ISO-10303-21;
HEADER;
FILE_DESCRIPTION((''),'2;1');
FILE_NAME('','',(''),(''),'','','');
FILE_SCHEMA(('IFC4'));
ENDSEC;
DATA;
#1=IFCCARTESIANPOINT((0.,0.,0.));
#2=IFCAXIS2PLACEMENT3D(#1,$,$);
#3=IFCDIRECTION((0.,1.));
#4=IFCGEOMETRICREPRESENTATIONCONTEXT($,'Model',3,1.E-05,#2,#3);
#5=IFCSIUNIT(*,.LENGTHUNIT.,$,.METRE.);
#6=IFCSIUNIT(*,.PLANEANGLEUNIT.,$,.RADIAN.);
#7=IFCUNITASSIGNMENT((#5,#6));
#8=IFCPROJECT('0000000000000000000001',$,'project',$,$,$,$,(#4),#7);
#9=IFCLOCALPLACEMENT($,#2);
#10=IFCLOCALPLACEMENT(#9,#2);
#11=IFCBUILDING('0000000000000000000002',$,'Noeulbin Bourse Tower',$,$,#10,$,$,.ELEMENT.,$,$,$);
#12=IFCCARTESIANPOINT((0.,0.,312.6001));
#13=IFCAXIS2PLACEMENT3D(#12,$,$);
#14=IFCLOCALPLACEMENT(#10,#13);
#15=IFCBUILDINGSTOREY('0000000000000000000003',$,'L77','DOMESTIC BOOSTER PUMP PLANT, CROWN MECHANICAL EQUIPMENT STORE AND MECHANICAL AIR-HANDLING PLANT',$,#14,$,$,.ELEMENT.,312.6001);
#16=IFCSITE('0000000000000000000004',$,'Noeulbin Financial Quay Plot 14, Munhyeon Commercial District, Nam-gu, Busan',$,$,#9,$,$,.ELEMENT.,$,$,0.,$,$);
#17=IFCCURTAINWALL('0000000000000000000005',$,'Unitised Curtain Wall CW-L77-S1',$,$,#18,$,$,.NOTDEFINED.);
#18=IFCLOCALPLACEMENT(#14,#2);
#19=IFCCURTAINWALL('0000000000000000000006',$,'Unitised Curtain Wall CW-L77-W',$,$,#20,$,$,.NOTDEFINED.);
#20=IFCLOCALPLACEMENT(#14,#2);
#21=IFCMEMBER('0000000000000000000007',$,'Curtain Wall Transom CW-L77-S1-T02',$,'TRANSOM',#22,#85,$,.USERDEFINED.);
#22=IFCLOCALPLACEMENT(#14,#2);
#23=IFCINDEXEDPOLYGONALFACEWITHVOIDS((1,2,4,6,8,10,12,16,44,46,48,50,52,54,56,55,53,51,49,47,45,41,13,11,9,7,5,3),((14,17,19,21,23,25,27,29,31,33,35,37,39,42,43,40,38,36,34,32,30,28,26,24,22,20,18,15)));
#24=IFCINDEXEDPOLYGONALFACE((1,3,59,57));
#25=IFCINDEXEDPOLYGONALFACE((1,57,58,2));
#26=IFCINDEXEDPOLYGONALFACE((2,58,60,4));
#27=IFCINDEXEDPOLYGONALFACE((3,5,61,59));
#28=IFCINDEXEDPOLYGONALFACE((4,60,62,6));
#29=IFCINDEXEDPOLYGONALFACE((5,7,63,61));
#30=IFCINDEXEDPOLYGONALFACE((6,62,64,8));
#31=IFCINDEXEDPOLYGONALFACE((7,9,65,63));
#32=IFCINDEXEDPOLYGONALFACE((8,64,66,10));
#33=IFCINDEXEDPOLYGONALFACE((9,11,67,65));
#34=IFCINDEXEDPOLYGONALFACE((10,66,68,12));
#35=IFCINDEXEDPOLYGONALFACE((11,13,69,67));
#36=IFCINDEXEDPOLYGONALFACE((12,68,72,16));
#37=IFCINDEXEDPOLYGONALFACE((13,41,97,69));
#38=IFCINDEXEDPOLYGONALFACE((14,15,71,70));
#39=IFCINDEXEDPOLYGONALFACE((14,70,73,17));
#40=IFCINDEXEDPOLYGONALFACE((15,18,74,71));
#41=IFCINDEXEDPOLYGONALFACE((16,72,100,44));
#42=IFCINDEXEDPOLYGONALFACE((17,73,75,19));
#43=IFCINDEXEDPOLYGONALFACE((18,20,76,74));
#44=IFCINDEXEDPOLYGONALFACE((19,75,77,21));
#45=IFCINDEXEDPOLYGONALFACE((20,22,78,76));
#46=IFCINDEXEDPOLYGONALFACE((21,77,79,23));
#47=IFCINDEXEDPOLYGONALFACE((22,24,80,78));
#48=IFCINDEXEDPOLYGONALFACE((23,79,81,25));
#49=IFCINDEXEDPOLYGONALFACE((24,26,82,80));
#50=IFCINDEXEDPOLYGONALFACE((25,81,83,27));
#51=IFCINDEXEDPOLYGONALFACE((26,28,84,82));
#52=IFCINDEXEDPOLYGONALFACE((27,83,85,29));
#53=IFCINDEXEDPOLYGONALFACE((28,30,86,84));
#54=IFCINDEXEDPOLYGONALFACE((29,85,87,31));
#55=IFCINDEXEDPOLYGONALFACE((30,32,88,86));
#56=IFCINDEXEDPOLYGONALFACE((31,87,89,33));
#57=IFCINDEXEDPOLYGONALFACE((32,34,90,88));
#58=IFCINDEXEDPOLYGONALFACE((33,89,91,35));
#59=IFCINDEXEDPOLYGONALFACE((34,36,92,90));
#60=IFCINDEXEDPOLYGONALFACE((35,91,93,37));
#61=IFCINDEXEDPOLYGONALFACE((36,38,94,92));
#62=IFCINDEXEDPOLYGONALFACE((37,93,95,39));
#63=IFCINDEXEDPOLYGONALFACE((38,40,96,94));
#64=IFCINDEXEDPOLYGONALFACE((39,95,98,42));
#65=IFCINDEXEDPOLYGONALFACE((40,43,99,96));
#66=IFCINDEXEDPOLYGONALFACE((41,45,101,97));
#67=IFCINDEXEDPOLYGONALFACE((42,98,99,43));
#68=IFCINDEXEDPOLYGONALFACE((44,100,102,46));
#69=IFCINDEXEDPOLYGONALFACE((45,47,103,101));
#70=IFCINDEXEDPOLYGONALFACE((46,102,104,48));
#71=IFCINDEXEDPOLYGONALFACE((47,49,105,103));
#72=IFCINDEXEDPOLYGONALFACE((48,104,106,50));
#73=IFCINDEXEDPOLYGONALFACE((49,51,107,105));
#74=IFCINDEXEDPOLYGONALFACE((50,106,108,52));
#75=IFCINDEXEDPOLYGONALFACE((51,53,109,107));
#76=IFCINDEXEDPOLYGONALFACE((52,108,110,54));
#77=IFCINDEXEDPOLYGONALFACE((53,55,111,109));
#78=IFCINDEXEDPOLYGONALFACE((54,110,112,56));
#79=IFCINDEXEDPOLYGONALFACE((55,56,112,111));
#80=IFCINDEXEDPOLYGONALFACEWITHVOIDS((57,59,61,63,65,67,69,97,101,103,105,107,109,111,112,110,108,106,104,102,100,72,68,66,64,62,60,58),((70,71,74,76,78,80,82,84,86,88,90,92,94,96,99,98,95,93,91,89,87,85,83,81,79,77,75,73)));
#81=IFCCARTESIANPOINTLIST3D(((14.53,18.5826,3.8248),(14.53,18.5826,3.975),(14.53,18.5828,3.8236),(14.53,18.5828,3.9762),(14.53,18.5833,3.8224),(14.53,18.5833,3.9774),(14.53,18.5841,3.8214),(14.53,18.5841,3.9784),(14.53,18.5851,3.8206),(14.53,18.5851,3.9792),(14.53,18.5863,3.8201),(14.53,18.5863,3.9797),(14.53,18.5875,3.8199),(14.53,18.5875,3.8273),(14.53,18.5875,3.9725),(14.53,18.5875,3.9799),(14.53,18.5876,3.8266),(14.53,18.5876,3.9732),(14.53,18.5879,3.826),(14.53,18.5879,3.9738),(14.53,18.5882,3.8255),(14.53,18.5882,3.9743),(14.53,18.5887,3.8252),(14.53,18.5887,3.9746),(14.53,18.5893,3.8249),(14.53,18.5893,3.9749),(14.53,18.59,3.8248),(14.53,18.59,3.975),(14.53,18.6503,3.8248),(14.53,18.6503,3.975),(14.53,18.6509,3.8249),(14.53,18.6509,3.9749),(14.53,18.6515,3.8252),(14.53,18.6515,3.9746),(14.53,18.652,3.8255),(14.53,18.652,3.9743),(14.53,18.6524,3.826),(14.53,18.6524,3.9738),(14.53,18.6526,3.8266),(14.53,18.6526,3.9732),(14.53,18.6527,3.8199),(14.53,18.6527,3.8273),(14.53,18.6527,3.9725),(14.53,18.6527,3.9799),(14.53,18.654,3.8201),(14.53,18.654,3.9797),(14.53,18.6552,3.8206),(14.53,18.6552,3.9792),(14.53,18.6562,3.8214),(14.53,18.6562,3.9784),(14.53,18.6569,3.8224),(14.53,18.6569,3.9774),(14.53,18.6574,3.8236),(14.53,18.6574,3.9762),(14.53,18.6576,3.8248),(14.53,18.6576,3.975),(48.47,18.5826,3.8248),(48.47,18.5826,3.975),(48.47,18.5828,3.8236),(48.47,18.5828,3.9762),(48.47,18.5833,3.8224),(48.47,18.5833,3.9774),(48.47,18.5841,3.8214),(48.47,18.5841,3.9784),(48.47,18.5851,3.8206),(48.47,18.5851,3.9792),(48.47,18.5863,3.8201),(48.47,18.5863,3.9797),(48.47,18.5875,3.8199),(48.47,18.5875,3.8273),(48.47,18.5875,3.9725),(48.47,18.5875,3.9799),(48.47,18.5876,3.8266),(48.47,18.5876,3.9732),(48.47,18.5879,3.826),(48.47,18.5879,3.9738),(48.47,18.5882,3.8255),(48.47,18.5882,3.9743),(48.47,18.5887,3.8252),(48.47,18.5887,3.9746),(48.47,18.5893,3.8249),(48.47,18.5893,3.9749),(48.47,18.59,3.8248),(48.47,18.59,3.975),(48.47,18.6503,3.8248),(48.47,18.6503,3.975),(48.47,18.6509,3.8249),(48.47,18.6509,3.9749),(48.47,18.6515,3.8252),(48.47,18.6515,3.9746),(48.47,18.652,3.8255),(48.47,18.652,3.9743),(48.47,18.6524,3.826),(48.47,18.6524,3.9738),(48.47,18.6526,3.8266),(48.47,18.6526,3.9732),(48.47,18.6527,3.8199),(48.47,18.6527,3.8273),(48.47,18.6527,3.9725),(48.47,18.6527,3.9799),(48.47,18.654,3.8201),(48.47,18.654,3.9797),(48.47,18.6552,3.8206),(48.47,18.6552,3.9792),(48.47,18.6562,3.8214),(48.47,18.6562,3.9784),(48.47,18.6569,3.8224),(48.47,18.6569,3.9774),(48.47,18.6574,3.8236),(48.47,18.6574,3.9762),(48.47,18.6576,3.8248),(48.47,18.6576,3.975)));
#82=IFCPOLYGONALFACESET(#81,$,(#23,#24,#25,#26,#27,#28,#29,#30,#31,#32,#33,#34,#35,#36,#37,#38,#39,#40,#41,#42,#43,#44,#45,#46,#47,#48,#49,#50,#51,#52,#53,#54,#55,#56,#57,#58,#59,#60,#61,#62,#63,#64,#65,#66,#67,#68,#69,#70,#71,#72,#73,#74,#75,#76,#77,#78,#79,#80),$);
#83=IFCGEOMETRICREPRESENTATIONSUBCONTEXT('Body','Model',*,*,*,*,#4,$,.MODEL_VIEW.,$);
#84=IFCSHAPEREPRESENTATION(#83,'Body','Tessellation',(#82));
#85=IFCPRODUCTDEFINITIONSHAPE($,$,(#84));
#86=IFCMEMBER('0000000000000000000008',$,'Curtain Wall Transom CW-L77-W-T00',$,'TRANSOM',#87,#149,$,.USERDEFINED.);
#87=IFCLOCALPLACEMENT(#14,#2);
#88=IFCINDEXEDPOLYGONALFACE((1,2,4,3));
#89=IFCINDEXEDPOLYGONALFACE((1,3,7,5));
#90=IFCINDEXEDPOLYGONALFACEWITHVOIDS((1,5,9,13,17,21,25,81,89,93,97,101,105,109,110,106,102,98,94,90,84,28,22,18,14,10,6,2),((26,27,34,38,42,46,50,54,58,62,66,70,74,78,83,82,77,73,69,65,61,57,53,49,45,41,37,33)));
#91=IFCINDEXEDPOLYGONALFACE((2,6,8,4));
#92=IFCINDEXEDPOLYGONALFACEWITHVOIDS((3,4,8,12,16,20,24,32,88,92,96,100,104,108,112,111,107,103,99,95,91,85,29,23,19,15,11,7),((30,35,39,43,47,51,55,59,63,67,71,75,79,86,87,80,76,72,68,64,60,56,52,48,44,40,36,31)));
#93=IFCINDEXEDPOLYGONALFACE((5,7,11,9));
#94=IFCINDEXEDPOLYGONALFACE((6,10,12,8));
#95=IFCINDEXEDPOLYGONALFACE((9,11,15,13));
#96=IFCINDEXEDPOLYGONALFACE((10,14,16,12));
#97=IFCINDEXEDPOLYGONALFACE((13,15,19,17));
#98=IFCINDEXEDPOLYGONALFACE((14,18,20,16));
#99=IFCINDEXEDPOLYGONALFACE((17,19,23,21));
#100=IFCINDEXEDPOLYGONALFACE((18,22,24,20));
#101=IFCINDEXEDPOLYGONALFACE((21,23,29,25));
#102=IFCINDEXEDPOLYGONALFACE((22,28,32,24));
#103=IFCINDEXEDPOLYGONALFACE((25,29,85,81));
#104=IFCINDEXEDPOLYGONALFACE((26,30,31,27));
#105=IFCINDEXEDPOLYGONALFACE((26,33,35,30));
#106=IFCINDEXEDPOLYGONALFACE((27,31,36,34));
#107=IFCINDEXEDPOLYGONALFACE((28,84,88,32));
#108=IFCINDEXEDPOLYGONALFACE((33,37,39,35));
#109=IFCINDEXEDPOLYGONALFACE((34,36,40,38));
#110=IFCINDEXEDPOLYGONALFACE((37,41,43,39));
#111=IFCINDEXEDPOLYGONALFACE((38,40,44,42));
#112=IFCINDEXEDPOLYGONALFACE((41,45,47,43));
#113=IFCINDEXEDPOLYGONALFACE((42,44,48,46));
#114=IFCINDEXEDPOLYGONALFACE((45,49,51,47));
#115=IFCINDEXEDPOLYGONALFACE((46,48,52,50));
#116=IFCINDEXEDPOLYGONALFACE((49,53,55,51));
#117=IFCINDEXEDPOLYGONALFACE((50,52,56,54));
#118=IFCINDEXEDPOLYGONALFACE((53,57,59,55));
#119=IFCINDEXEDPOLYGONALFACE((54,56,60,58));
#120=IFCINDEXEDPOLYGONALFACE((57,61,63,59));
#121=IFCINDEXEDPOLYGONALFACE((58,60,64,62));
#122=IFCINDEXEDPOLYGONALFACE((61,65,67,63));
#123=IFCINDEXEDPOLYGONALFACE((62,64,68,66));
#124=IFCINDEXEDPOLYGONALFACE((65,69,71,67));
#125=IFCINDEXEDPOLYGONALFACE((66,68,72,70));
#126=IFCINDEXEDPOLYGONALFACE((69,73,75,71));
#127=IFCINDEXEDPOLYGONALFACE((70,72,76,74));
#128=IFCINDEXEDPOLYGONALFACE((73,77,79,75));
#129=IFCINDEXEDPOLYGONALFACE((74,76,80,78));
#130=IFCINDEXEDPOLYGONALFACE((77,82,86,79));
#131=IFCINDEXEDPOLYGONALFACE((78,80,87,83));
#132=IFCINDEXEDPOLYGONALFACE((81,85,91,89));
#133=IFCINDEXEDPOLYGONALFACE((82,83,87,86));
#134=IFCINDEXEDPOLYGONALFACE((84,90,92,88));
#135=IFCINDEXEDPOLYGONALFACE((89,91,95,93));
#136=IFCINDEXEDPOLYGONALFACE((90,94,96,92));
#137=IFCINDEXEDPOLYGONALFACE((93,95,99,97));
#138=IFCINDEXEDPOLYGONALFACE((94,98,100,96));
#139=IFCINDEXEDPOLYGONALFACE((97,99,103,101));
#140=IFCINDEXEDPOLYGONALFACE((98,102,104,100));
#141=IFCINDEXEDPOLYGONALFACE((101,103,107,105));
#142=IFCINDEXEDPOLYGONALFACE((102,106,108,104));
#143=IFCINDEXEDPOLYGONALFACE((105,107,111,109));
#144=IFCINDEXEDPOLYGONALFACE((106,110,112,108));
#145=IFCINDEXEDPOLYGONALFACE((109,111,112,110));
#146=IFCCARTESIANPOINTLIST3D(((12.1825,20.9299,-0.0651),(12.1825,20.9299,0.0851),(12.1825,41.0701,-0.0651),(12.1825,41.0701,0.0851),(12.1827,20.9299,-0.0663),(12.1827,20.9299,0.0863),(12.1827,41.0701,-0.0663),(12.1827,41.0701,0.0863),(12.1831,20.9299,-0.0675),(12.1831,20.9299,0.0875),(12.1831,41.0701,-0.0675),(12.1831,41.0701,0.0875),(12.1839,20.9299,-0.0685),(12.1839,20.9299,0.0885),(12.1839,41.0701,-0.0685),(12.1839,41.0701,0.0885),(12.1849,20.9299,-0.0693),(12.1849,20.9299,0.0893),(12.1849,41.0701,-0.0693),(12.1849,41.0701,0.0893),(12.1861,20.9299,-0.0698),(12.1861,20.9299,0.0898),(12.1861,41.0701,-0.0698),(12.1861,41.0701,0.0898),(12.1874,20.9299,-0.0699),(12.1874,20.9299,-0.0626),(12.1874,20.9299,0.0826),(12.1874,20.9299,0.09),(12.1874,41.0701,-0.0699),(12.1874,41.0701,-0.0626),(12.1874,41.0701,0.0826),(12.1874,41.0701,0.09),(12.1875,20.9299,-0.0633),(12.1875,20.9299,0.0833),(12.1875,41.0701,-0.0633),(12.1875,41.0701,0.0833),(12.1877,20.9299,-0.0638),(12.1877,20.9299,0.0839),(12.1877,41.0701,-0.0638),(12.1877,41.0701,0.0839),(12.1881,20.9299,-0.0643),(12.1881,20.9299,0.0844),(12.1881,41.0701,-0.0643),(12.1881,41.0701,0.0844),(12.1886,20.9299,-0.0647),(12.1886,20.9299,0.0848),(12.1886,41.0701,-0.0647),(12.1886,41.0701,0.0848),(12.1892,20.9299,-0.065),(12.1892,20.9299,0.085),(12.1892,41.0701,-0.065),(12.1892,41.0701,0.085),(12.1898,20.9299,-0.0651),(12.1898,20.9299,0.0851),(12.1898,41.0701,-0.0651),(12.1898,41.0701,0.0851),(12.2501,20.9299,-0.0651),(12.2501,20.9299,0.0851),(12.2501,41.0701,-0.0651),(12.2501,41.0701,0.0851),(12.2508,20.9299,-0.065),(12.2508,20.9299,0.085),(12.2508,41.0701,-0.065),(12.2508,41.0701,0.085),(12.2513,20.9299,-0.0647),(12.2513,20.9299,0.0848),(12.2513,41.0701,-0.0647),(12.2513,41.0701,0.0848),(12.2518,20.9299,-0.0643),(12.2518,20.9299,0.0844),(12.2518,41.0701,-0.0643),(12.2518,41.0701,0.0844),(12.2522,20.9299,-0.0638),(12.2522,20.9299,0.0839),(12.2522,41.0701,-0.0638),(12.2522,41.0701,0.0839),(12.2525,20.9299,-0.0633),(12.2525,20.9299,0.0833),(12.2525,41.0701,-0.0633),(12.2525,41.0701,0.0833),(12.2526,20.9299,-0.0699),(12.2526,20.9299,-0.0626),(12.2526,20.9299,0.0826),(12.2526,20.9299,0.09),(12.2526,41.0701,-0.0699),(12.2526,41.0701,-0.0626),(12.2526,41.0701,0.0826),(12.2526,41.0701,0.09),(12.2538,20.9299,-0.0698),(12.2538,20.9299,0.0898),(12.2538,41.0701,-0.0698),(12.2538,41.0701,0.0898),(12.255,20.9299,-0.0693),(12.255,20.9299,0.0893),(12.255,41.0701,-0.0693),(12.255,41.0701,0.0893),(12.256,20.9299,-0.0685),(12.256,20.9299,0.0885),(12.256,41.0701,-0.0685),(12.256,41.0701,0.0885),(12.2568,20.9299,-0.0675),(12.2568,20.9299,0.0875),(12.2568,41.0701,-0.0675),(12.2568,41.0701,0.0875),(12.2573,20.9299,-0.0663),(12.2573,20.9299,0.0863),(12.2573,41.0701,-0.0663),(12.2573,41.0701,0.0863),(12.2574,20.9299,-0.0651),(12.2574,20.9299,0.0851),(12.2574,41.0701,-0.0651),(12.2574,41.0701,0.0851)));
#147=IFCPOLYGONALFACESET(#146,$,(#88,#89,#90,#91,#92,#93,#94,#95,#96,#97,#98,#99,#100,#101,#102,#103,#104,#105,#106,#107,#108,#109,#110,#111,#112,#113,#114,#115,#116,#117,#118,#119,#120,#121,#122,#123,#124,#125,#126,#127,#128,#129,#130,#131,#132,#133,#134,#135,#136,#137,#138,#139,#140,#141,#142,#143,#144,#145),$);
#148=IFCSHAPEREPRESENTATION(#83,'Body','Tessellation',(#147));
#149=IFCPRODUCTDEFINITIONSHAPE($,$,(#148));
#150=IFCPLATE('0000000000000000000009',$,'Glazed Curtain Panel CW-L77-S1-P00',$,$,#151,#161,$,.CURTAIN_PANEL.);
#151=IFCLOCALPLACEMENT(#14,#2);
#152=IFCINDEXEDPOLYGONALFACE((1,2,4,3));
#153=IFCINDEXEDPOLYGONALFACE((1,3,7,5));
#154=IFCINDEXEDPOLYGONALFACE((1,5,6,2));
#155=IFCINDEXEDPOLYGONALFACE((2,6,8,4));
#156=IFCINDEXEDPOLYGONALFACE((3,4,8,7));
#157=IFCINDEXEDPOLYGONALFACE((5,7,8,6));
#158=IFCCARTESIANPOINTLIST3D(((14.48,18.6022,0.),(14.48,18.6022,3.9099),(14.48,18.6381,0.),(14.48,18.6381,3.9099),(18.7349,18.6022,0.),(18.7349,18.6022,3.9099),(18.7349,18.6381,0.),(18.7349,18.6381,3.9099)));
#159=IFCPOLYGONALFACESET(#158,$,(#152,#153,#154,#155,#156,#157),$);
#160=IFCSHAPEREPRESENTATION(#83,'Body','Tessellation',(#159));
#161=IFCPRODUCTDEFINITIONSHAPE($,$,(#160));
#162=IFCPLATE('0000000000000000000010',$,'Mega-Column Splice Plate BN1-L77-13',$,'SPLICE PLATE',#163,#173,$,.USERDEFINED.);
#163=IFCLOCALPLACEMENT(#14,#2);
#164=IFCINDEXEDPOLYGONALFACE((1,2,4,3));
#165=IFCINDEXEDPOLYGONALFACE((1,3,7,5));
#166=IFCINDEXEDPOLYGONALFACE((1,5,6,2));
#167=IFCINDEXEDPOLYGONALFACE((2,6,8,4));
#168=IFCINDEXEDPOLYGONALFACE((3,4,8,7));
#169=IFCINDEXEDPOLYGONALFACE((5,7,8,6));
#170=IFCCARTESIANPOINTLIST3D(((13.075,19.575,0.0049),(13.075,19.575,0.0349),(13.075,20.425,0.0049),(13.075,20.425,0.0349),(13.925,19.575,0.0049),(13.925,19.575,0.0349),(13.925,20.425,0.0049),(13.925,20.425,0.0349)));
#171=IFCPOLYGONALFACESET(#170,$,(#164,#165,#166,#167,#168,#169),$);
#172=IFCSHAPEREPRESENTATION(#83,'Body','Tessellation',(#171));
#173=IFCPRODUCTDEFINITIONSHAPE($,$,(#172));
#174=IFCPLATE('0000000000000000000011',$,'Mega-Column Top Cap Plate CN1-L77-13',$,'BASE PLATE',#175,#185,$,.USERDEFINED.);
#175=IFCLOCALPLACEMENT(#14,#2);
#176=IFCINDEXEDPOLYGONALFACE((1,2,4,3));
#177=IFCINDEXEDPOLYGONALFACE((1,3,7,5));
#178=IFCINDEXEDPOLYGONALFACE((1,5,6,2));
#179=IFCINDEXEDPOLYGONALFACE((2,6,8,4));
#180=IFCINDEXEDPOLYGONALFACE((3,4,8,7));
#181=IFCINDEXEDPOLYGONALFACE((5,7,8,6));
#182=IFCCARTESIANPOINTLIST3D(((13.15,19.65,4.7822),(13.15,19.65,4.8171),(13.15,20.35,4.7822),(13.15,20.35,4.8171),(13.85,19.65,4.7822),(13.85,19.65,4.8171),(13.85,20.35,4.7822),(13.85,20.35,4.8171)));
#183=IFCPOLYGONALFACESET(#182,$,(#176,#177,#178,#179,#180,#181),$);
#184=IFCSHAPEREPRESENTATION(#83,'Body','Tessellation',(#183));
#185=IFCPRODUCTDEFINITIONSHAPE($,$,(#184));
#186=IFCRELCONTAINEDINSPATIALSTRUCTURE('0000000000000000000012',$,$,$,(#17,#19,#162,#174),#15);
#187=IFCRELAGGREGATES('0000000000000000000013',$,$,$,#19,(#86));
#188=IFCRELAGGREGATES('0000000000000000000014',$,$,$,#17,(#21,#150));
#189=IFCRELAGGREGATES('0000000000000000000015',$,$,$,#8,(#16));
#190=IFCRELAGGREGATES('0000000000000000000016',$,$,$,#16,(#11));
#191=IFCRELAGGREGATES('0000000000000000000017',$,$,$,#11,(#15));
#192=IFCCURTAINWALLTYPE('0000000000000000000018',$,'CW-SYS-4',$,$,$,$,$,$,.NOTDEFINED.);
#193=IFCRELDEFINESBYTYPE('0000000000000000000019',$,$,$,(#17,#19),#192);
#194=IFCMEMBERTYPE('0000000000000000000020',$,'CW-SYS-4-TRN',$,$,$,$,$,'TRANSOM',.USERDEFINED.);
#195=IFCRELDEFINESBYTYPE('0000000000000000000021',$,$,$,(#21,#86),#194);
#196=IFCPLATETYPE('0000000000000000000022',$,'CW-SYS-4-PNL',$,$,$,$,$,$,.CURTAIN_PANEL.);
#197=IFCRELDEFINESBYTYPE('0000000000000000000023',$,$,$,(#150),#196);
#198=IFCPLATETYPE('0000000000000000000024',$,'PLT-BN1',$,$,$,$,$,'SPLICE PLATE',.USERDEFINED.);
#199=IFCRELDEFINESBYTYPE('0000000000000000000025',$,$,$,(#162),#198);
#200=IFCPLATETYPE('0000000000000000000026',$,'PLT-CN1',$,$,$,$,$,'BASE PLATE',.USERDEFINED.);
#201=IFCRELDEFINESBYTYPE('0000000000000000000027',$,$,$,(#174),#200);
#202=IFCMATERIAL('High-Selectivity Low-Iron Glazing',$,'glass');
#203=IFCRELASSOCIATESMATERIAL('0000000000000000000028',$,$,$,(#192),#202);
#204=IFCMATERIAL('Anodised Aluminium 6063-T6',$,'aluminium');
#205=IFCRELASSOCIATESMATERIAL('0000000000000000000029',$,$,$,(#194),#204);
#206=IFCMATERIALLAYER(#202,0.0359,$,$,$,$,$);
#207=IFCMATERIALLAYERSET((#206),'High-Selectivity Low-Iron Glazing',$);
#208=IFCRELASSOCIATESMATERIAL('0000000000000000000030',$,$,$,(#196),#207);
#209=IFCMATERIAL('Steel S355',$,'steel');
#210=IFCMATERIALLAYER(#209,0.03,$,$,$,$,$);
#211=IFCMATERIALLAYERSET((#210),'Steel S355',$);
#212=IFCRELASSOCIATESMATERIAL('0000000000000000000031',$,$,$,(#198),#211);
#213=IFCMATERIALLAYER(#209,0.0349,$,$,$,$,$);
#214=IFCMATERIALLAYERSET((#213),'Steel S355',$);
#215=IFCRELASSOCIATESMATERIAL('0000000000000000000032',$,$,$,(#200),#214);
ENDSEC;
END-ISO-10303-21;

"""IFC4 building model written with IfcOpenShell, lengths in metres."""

from ifc_helpers import new_model, si_unit, direction, frame, origin, origin_2d, place, context, subcontext, project, spatial, rectangle, hollow_rectangle, extrude, material, layer, layer_set, material_profile, profile_set, type_object, element, aggregate, save


model = new_model("IFC4")

# Units and contexts
model_context = context("Model", 3, precision=1e-05, world=origin(), true_north=direction((0.0, 1.0)))
body_context = subcontext(model_context, "Body", "Model", "MODEL_VIEW")
ifc_project = project(units=[si_unit("LENGTHUNIT", "METRE"), si_unit("PLANEANGLEUNIT", "RADIAN")], contexts=[model_context])

# Site, building, storey
site_placement = place(None, origin())
site = spatial("IfcSite", under=ifc_project, at=site_placement, Name="Noeulbin Financial Quay Plot 14, Munhyeon Commercial District, Nam-gu, Busan", CompositionType="ELEMENT", RefElevation=0.0)
building_placement = place(site_placement, origin())
building = spatial("IfcBuilding", under=site, at=building_placement, Name="Noeulbin Bourse Tower", CompositionType="ELEMENT")
storey_placement = place(building_placement, frame((0.0, 0.0, 312.6001)))
storey = spatial("IfcBuildingStorey", under=building, at=storey_placement, Name="L77", Description="DOMESTIC BOOSTER PUMP PLANT, CROWN MECHANICAL EQUIPMENT STORE AND MECHANICAL AIR-HANDLING PLANT", CompositionType="ELEMENT", Elevation=312.6001)

# Shared definitions
ifc_material_1 = material(Name="Steel S355", Category="steel")

# Curtain wall
ifc_material_2 = material(Name="High-Selectivity Low-Iron Glazing", Category="glass")
curtain_wall_type = type_object("IfcCurtainWallType", Name="CW-SYS-4", PredefinedType="NOTDEFINED", material=ifc_material_2)
curtain_wall_1_placement = place(storey_placement, origin())
curtain_wall_1 = element("IfcCurtainWall", 1, at=curtain_wall_1_placement, inside=storey, type_object=curtain_wall_type, Name="Unitised Curtain Wall CW-L77-S1", PredefinedType="NOTDEFINED")
ifc_material_3 = material(Name="Anodised Aluminium 6063-T6", Category="aluminium")

# Curtain wall
curtain_wall_2_placement = place(storey_placement, origin())
curtain_wall_2 = element("IfcCurtainWall", 2, at=curtain_wall_2_placement, inside=storey, type_object=curtain_wall_type, Name="Unitised Curtain Wall CW-L77-W", PredefinedType="NOTDEFINED")

# Members
ifc_material_profile_1 = material_profile(ifc_material_3, hollow_rectangle(XDim=0.075, YDim=0.1599, WallThickness=0.0049, InnerFilletRadius=0.0024, OuterFilletRadius=0.0049, at=origin_2d()), Name="ALU-TRAN-75x160x5", Category="LoadBearing")
ifc_profile_set_1 = profile_set([ifc_material_profile_1], Name="Anodised Aluminium 6063-T6")
member_type_1 = type_object("IfcMemberType", Name="CW-SYS-4-TRN", ElementType="TRANSOM", PredefinedType="USERDEFINED", material=ifc_profile_set_1)
member_1_placement = place(storey_placement, frame((14.53, 18.6201, 3.8999), z_axis=(1.0, 0.0, 0.0), x_axis=(0.0, 1.0, 0.0)))
member_1 = element("IfcMember", 3, at=member_1_placement, type_object=member_type_1, Name="Curtain Wall Transom CW-L77-S1-T02", ObjectType="TRANSOM", PredefinedType="USERDEFINED", context=body_context, shape_type="SweptSolid", body=[
    extrude(hollow_rectangle(XDim=0.075, YDim=0.1599, WallThickness=0.0049, InnerFilletRadius=0.0024, OuterFilletRadius=0.0049, at=origin_2d()), origin(), (0.0, 0.0, 1.0), 33.9399),
])
member_2_placement = place(storey_placement, frame((12.22, 20.9299, 0.01), z_axis=(0.0, 1.0, 0.0), x_axis=(-1.0, 0.0, 0.0)))
member_2 = element("IfcMember", 4, at=member_2_placement, type_object=member_type_1, Name="Curtain Wall Transom CW-L77-W-T00", ObjectType="TRANSOM", PredefinedType="USERDEFINED", context=body_context, shape_type="SweptSolid", body=[
    extrude(hollow_rectangle(XDim=0.075, YDim=0.1599, WallThickness=0.0049, InnerFilletRadius=0.0024, OuterFilletRadius=0.0049, at=origin_2d()), origin(), (0.0, 0.0, 1.0), 20.1401),
])
aggregate(curtain_wall_2, [member_2])

# Plate
ifc_layer_1 = layer(ifc_material_2, 0.0359)
ifc_layer_set_1 = layer_set([ifc_layer_1], Name="High-Selectivity Low-Iron Glazing")
plate_type_1 = type_object("IfcPlateType", Name="CW-SYS-4-PNL", PredefinedType="CURTAIN_PANEL", material=ifc_layer_set_1)
plate_1_placement = place(storey_placement, frame((16.6074, 18.6201, 0.0), z_axis=(0.0, 0.0, 1.0), x_axis=(1.0, 0.0, 0.0)))
plate_1 = element("IfcPlate", 5, at=plate_1_placement, type_object=plate_type_1, Name="Glazed Curtain Panel CW-L77-S1-P00", PredefinedType="CURTAIN_PANEL", context=body_context, shape_type="SweptSolid", body=[
    extrude(rectangle(XDim=4.2549, YDim=0.0359, at=origin_2d()), origin(), (0.0, 0.0, 1.0), 3.9099),
])
aggregate(curtain_wall_1, [member_1, plate_1])

# Plates
ifc_layer_2 = layer(ifc_material_1, 0.03)
ifc_layer_set_2 = layer_set([ifc_layer_2], Name="Steel S355")
plate_type_2 = type_object("IfcPlateType", Name="PLT-BN1", ElementType="SPLICE PLATE", PredefinedType="USERDEFINED", material=ifc_layer_set_2)
plate_2_placement = place(storey_placement, frame((13.5, 20.0, 0.0049), z_axis=(0.0, 0.0, 1.0), x_axis=(1.0, 0.0, 0.0)))
element("IfcPlate", 6, at=plate_2_placement, inside=storey, type_object=plate_type_2, Name="Mega-Column Splice Plate BN1-L77-13", ObjectType="SPLICE PLATE", PredefinedType="USERDEFINED", context=body_context, shape_type="SweptSolid", body=[
    extrude(rectangle(XDim=0.8501, YDim=0.8501, at=origin_2d()), origin(), (0.0, 0.0, 1.0), 0.03),
])
ifc_layer_3 = layer(ifc_material_1, 0.0349)
ifc_layer_set_3 = layer_set([ifc_layer_3], Name="Steel S355")
plate_type_3 = type_object("IfcPlateType", Name="PLT-CN1", ElementType="BASE PLATE", PredefinedType="USERDEFINED", material=ifc_layer_set_3)
plate_3_placement = place(storey_placement, frame((13.5, 20.0, 4.7822), z_axis=(0.0, 0.0, 1.0), x_axis=(1.0, 0.0, 0.0)))
element("IfcPlate", 7, at=plate_3_placement, inside=storey, type_object=plate_type_3, Name="Mega-Column Top Cap Plate CN1-L77-13", ObjectType="BASE PLATE", PredefinedType="USERDEFINED", context=body_context, shape_type="SweptSolid", body=[
    extrude(rectangle(XDim=0.7, YDim=0.7, at=origin_2d()), origin(), (0.0, 0.0, 1.0), 0.0349),
])

save(model, "model.ifc")
